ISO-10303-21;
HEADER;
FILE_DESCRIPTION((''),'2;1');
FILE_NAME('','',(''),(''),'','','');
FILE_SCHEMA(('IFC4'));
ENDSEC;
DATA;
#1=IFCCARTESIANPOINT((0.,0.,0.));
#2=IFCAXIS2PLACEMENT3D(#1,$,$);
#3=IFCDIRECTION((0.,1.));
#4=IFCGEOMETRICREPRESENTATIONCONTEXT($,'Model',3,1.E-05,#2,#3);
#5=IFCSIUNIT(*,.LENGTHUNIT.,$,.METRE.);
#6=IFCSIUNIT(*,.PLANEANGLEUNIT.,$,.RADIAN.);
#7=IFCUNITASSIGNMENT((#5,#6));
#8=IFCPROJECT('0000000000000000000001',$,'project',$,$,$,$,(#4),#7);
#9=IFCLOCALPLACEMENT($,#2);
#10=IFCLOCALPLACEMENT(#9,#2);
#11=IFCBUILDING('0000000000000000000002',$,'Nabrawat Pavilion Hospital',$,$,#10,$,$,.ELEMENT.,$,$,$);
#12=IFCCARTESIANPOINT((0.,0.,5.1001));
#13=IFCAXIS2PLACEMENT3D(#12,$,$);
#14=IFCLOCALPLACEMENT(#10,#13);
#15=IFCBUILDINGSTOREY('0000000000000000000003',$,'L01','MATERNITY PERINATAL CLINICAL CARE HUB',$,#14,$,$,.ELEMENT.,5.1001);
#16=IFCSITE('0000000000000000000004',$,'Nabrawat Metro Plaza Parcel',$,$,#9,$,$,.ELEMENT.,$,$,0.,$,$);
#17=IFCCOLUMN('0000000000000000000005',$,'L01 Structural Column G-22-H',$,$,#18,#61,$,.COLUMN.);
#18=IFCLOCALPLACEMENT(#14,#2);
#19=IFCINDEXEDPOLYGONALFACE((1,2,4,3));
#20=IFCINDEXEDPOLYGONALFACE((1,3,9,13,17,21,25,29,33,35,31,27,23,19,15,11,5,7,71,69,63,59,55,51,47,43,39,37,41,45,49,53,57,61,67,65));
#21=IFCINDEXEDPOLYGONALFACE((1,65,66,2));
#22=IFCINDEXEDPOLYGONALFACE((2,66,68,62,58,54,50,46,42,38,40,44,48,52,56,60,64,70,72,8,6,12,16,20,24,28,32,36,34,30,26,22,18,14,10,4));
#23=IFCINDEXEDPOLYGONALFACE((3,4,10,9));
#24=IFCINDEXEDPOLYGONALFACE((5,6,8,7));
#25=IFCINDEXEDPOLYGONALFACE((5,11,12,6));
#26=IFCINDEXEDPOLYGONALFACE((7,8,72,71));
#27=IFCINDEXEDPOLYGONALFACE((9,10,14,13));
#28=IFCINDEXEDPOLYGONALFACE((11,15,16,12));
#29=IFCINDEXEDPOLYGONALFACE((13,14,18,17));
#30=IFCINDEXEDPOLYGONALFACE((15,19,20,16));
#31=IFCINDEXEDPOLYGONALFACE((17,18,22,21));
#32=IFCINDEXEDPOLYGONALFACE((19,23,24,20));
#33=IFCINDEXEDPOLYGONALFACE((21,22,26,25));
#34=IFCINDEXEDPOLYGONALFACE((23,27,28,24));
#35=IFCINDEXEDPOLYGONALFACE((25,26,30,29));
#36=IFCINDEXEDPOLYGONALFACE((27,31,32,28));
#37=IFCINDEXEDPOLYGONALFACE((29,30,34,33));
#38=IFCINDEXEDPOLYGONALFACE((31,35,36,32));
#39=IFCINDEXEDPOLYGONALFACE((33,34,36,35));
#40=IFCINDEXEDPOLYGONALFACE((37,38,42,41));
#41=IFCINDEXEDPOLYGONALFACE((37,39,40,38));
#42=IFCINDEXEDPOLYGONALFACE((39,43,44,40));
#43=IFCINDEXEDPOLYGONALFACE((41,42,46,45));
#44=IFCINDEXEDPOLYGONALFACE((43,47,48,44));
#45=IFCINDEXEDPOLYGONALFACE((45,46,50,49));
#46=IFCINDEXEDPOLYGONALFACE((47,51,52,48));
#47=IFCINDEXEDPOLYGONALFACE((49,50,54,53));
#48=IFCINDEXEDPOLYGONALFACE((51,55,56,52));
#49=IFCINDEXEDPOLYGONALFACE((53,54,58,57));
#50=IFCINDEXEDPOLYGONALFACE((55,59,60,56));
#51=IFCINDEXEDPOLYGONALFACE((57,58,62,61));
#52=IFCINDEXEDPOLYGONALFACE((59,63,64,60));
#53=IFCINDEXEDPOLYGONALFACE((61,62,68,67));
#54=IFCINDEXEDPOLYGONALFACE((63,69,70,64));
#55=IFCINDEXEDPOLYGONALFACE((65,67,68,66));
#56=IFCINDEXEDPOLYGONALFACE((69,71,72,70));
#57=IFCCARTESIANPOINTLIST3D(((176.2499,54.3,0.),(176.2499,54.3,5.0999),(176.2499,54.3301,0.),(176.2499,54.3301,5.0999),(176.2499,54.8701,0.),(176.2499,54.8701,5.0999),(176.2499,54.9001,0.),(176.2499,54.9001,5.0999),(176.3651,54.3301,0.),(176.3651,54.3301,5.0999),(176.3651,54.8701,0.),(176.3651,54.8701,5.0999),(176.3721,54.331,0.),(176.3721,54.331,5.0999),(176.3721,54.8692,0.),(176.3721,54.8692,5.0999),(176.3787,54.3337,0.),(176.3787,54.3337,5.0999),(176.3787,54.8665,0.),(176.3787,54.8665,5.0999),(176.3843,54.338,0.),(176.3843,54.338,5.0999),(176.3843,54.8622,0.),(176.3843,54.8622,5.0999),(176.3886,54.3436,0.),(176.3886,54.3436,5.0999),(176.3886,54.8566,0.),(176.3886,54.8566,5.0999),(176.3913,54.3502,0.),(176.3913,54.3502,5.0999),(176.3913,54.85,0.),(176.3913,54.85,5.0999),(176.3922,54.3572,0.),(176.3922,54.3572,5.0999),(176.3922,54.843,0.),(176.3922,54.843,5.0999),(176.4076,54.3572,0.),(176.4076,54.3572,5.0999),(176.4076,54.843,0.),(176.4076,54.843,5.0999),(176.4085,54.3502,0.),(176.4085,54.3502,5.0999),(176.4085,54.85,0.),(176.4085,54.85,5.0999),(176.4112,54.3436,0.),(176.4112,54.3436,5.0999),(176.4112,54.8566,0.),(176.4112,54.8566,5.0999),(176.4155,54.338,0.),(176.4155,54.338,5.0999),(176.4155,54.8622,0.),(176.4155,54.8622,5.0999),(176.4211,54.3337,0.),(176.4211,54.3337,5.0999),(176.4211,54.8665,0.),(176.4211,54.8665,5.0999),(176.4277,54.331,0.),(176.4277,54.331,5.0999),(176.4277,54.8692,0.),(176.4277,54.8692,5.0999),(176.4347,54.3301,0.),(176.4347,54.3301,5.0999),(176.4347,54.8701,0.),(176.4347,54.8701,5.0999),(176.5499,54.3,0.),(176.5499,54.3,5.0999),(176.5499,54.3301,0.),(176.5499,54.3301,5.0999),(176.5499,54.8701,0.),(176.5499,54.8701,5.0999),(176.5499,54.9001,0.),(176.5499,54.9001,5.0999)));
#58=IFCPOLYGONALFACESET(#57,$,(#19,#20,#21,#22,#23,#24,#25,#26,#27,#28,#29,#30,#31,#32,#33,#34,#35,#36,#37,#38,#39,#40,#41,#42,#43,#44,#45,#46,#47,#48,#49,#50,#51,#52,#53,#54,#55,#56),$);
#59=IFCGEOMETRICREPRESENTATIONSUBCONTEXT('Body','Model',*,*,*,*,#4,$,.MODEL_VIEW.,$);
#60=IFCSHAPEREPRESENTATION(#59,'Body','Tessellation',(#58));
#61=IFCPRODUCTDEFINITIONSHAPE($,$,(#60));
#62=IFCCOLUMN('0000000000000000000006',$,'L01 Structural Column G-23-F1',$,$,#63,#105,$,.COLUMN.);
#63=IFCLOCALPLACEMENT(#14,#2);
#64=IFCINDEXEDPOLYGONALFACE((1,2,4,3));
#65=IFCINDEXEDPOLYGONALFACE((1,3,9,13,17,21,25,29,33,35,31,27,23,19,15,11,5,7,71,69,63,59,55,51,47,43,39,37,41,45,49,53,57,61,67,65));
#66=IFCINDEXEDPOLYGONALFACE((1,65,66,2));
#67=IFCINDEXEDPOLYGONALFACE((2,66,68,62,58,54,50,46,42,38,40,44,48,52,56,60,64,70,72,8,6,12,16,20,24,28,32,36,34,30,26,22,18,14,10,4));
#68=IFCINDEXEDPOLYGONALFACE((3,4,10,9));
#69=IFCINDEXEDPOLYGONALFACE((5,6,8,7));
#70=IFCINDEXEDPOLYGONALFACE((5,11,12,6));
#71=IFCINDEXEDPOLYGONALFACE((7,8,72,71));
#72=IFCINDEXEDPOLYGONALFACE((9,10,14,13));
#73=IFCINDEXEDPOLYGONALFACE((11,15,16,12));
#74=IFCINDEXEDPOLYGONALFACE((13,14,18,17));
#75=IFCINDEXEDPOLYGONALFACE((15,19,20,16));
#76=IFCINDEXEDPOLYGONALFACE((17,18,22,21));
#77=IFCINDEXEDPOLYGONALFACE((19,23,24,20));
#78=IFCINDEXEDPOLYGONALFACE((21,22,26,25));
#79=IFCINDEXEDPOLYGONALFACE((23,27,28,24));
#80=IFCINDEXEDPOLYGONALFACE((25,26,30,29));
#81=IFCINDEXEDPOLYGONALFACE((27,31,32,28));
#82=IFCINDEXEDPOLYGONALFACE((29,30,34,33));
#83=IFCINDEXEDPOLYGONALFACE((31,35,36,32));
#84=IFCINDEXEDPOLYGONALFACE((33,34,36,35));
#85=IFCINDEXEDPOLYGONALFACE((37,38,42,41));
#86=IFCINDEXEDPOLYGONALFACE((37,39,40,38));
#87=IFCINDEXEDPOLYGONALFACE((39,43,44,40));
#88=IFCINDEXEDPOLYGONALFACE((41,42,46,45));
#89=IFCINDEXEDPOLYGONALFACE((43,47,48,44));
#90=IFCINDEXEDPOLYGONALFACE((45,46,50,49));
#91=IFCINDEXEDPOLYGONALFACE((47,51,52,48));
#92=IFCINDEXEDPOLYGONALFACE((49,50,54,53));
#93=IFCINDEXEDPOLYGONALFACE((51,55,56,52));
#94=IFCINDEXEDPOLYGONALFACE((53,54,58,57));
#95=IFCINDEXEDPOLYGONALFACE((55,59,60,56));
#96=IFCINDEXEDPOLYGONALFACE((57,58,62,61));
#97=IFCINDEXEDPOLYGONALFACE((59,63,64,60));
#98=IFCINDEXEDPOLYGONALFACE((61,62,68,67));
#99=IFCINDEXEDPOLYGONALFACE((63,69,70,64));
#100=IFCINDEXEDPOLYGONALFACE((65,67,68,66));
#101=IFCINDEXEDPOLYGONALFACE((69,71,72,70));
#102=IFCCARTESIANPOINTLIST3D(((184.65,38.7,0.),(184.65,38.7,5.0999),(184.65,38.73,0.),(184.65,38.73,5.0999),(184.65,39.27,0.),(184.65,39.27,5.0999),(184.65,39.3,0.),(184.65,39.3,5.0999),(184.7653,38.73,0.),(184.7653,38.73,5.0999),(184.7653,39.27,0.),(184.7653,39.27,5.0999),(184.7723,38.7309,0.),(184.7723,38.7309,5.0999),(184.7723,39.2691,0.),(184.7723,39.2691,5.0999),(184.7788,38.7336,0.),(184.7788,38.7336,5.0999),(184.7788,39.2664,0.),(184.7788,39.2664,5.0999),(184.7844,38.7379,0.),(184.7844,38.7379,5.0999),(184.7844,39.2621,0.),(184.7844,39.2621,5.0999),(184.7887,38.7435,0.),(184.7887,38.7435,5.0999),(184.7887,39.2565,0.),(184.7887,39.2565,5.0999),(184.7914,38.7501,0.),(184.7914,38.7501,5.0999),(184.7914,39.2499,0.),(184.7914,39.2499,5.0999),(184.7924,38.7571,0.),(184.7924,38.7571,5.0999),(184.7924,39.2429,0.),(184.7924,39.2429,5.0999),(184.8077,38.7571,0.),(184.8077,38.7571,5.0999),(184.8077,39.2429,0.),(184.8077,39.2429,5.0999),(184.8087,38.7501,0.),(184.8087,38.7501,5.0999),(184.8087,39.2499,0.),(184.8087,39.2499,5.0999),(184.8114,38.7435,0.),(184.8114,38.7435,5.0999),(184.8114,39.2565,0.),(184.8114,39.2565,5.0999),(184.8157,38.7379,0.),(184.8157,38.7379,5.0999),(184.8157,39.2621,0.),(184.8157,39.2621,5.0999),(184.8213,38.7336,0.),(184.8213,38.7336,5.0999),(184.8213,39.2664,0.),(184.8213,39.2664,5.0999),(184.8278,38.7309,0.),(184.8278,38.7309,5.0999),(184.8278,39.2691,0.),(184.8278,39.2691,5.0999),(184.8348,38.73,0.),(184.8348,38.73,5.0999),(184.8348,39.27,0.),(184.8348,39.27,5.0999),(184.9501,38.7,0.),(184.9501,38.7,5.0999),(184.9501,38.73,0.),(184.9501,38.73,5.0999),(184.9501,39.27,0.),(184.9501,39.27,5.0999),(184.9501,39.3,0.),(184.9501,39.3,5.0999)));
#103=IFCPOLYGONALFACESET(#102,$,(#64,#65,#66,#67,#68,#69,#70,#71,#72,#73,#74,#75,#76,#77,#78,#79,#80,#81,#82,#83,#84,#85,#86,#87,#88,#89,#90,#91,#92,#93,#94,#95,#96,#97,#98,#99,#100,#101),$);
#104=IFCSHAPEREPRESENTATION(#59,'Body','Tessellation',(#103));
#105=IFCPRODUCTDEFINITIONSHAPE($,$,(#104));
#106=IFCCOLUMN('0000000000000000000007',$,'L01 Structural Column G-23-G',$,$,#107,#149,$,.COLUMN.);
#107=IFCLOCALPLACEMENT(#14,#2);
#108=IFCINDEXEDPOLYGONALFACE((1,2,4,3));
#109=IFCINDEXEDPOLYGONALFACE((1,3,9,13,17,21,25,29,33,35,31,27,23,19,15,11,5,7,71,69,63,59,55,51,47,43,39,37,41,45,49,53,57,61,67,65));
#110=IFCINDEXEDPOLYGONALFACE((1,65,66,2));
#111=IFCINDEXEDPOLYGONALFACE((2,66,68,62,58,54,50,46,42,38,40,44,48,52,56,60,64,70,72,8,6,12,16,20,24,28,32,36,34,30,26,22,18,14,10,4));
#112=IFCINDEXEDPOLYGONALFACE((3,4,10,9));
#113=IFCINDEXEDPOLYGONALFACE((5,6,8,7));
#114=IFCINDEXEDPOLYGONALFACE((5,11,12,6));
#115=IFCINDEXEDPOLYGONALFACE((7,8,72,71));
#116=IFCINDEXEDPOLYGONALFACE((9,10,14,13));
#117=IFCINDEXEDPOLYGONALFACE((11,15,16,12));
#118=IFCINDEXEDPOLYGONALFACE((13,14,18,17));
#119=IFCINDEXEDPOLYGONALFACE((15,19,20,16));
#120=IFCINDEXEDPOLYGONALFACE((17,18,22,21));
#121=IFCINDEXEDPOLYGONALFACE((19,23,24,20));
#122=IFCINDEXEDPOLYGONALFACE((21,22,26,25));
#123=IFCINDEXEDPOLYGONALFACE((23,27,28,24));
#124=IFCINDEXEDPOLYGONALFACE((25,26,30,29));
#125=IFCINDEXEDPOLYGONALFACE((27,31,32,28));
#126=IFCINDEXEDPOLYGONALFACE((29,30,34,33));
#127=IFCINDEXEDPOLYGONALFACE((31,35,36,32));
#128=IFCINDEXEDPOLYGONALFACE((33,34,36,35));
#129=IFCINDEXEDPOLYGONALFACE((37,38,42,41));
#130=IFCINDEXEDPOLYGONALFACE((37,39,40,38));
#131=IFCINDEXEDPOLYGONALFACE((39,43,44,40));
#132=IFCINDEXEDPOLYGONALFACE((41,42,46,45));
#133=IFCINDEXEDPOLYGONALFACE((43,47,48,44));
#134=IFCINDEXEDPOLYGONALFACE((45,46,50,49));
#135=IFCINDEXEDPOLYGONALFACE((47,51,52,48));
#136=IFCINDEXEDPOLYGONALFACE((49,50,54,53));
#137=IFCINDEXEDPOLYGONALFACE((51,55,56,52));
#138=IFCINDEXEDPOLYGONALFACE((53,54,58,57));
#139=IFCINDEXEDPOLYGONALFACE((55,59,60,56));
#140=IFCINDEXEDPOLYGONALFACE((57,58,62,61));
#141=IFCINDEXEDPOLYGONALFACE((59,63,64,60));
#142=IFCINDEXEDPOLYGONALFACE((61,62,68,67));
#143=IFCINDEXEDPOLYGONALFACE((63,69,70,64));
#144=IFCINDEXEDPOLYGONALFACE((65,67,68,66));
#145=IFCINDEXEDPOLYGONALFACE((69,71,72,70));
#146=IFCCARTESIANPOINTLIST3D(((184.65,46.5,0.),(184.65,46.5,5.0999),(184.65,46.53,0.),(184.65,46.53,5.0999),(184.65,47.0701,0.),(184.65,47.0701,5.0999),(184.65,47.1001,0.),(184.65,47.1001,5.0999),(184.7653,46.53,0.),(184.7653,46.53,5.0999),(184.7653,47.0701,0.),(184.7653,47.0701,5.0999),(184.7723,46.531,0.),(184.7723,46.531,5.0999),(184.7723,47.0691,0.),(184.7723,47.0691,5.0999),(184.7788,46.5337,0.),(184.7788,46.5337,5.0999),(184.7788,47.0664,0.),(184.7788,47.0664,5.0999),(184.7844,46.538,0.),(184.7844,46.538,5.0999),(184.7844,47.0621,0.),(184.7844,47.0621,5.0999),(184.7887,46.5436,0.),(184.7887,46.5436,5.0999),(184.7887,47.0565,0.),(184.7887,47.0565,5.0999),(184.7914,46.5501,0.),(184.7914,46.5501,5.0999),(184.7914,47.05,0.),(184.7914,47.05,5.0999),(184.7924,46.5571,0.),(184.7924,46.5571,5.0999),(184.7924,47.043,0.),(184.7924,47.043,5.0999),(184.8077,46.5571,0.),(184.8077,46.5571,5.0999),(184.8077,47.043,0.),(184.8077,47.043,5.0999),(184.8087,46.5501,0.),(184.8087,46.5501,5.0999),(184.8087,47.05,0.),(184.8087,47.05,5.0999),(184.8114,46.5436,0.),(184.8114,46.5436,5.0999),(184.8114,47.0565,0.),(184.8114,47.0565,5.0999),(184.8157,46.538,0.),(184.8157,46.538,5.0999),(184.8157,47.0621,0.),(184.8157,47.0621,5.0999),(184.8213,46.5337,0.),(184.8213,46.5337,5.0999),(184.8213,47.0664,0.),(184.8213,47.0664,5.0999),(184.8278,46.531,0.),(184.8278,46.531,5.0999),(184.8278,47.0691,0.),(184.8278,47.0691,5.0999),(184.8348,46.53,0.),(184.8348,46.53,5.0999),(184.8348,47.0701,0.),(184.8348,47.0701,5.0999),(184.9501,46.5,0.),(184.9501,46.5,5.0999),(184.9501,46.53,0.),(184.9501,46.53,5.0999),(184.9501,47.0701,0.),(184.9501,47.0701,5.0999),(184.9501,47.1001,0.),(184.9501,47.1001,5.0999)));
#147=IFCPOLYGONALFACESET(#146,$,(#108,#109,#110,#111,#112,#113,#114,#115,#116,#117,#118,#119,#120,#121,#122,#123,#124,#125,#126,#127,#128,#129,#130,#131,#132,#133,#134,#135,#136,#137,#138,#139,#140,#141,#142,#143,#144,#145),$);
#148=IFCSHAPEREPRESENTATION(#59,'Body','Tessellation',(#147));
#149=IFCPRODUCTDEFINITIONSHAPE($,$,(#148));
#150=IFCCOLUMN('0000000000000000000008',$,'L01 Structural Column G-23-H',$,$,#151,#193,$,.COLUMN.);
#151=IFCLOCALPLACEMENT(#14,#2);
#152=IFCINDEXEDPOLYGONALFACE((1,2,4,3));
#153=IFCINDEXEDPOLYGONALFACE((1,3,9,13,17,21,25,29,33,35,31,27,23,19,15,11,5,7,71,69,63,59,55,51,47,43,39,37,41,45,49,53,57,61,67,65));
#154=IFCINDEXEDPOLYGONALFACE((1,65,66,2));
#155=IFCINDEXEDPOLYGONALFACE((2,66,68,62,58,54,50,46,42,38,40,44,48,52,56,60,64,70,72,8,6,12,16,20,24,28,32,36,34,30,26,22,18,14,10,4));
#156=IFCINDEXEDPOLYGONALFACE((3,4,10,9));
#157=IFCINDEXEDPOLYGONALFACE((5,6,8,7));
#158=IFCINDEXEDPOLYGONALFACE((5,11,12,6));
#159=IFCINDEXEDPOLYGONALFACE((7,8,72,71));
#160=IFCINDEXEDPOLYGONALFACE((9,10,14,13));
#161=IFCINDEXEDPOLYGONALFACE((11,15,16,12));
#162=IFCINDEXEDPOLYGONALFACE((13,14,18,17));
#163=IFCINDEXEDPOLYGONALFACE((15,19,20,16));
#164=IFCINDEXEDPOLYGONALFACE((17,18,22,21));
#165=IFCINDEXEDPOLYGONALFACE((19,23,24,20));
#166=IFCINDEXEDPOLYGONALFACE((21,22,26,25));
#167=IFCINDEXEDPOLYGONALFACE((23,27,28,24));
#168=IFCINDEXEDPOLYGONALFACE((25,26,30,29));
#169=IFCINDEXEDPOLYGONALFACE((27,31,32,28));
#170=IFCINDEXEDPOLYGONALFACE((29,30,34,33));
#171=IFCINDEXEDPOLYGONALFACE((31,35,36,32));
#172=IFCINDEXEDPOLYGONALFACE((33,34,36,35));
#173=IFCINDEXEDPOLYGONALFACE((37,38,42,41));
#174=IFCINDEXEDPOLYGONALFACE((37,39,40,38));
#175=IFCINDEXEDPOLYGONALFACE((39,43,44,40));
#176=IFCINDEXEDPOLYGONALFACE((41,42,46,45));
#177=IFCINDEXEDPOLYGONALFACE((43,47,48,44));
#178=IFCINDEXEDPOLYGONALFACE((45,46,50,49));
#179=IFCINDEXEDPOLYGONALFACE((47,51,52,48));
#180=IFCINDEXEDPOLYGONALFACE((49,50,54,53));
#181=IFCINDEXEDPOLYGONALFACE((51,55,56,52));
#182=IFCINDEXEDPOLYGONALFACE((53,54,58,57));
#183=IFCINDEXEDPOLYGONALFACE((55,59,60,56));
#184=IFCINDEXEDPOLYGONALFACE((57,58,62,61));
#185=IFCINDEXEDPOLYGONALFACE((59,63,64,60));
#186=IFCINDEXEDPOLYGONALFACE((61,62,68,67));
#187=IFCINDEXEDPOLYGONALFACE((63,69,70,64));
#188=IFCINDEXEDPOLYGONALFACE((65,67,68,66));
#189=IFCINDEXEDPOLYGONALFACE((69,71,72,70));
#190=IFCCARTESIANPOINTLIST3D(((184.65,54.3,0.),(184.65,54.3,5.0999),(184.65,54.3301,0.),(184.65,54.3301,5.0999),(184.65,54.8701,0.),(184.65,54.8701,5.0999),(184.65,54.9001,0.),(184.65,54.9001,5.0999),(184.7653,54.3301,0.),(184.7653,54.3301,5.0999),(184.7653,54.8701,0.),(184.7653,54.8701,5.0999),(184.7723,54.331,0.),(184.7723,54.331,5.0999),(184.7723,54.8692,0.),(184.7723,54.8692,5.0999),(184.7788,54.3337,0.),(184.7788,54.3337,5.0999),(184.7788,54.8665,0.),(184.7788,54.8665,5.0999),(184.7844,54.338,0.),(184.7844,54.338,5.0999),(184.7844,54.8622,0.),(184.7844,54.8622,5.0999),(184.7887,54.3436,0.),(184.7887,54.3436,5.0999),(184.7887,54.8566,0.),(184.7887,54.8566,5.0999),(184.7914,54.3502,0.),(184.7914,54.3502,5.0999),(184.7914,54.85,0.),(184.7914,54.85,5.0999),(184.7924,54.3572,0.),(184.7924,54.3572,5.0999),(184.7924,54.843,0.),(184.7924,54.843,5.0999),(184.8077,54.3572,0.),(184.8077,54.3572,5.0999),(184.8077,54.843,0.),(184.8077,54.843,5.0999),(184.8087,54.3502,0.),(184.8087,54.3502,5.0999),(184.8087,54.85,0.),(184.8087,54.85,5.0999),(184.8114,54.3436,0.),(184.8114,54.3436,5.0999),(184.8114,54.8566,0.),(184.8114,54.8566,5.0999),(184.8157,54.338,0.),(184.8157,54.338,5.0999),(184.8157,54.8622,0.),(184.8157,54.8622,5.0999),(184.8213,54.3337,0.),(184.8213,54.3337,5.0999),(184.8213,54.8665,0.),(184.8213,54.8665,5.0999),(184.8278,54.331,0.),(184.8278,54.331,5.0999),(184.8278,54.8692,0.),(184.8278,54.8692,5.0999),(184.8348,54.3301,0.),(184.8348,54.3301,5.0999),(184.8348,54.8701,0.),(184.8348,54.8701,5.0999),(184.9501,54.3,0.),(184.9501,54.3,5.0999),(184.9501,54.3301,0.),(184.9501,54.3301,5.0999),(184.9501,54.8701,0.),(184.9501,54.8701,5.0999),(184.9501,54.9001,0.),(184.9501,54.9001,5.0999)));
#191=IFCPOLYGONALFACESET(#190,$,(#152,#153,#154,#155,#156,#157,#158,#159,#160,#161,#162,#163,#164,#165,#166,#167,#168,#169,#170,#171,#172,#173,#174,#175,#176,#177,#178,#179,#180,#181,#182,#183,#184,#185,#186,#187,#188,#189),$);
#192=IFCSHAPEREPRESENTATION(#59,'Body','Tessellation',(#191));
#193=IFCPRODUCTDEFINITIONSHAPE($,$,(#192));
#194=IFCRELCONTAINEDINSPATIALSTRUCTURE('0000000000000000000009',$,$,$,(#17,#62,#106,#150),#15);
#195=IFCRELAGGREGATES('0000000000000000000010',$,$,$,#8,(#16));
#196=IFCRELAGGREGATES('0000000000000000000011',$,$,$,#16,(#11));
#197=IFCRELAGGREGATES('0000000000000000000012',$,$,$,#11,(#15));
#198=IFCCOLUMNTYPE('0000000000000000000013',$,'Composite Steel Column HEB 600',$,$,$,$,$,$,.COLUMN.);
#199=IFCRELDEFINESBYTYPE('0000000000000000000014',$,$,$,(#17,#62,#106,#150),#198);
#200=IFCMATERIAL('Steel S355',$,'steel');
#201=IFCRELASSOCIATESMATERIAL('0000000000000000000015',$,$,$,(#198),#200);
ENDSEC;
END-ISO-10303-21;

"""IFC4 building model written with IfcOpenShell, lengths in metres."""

from ifc_helpers import new_model, si_unit, direction, frame, origin, origin_2d, place, context, subcontext, project, spatial, i_section, extrude, material, material_profile, profile_set, type_object, element, save


model = new_model("IFC4")

# Units and contexts
model_context = context("Model", 3, precision=1e-05, world=origin(), true_north=direction((0.0, 1.0)))
body_context = subcontext(model_context, "Body", "Model", "MODEL_VIEW")
ifc_project = project(units=[si_unit("LENGTHUNIT", "METRE"), si_unit("PLANEANGLEUNIT", "RADIAN")], contexts=[model_context])

# Site, building, storey
site_placement = place(None, origin())
site = spatial("IfcSite", under=ifc_project, at=site_placement, Name="Nabrawat Metro Plaza Parcel", CompositionType="ELEMENT", RefElevation=0.0)
building_placement = place(site_placement, origin())
building = spatial("IfcBuilding", under=site, at=building_placement, Name="Nabrawat Pavilion Hospital", CompositionType="ELEMENT")
storey_placement = place(building_placement, frame((0.0, 0.0, 5.1001)))
storey = spatial("IfcBuildingStorey", under=building, at=storey_placement, Name="L01", Description="MATERNITY PERINATAL CLINICAL CARE HUB", CompositionType="ELEMENT", Elevation=5.1001)

# Columns
ifc_material_1 = material(Name="Steel S355", Category="steel")
ifc_material_profile_1 = material_profile(ifc_material_1, i_section(OverallWidth=0.3, OverallDepth=0.6001, WebThickness=0.0154, FlangeThickness=0.03, FilletRadius=0.0271, at=origin_2d()), Name="HEB 600")
ifc_profile_set_1 = profile_set([ifc_material_profile_1], Name="Steel S355")
column_type_1 = type_object("IfcColumnType", Name="Composite Steel Column HEB 600", PredefinedType="COLUMN", material=ifc_profile_set_1)
for number, where, z_axis, x_axis, name in (
    (1, (176.3999, 54.6001, 0.0), (0.0, 0.0, 1.0), (1.0, 0.0, 0.0), "L01 Structural Column G-22-H"),
    (2, (184.8, 39.0, 0.0), (0.0, 0.0, 1.0), (1.0, 0.0, 0.0), "L01 Structural Column G-23-F1"),
    (3, (184.8, 46.8, 0.0), (0.0, 0.0, 1.0), (1.0, 0.0, 0.0), "L01 Structural Column G-23-G"),
    (4, (184.8, 54.6001, 0.0), (0.0, 0.0, 1.0), (1.0, 0.0, 0.0), "L01 Structural Column G-23-H"),
):
    element("IfcColumn", number, at=place(storey_placement, frame(where, z_axis=z_axis, x_axis=x_axis)), inside=storey, type_object=column_type_1, Name=name, PredefinedType="COLUMN", context=body_context, shape_type="SweptSolid", body=[
        extrude(i_section(OverallWidth=0.3, OverallDepth=0.6001, WebThickness=0.0154, FlangeThickness=0.03, FilletRadius=0.0271, at=origin_2d()), origin(), (0.0, 0.0, 1.0), 5.0999),
    ])

save(model, "model.ifc")
